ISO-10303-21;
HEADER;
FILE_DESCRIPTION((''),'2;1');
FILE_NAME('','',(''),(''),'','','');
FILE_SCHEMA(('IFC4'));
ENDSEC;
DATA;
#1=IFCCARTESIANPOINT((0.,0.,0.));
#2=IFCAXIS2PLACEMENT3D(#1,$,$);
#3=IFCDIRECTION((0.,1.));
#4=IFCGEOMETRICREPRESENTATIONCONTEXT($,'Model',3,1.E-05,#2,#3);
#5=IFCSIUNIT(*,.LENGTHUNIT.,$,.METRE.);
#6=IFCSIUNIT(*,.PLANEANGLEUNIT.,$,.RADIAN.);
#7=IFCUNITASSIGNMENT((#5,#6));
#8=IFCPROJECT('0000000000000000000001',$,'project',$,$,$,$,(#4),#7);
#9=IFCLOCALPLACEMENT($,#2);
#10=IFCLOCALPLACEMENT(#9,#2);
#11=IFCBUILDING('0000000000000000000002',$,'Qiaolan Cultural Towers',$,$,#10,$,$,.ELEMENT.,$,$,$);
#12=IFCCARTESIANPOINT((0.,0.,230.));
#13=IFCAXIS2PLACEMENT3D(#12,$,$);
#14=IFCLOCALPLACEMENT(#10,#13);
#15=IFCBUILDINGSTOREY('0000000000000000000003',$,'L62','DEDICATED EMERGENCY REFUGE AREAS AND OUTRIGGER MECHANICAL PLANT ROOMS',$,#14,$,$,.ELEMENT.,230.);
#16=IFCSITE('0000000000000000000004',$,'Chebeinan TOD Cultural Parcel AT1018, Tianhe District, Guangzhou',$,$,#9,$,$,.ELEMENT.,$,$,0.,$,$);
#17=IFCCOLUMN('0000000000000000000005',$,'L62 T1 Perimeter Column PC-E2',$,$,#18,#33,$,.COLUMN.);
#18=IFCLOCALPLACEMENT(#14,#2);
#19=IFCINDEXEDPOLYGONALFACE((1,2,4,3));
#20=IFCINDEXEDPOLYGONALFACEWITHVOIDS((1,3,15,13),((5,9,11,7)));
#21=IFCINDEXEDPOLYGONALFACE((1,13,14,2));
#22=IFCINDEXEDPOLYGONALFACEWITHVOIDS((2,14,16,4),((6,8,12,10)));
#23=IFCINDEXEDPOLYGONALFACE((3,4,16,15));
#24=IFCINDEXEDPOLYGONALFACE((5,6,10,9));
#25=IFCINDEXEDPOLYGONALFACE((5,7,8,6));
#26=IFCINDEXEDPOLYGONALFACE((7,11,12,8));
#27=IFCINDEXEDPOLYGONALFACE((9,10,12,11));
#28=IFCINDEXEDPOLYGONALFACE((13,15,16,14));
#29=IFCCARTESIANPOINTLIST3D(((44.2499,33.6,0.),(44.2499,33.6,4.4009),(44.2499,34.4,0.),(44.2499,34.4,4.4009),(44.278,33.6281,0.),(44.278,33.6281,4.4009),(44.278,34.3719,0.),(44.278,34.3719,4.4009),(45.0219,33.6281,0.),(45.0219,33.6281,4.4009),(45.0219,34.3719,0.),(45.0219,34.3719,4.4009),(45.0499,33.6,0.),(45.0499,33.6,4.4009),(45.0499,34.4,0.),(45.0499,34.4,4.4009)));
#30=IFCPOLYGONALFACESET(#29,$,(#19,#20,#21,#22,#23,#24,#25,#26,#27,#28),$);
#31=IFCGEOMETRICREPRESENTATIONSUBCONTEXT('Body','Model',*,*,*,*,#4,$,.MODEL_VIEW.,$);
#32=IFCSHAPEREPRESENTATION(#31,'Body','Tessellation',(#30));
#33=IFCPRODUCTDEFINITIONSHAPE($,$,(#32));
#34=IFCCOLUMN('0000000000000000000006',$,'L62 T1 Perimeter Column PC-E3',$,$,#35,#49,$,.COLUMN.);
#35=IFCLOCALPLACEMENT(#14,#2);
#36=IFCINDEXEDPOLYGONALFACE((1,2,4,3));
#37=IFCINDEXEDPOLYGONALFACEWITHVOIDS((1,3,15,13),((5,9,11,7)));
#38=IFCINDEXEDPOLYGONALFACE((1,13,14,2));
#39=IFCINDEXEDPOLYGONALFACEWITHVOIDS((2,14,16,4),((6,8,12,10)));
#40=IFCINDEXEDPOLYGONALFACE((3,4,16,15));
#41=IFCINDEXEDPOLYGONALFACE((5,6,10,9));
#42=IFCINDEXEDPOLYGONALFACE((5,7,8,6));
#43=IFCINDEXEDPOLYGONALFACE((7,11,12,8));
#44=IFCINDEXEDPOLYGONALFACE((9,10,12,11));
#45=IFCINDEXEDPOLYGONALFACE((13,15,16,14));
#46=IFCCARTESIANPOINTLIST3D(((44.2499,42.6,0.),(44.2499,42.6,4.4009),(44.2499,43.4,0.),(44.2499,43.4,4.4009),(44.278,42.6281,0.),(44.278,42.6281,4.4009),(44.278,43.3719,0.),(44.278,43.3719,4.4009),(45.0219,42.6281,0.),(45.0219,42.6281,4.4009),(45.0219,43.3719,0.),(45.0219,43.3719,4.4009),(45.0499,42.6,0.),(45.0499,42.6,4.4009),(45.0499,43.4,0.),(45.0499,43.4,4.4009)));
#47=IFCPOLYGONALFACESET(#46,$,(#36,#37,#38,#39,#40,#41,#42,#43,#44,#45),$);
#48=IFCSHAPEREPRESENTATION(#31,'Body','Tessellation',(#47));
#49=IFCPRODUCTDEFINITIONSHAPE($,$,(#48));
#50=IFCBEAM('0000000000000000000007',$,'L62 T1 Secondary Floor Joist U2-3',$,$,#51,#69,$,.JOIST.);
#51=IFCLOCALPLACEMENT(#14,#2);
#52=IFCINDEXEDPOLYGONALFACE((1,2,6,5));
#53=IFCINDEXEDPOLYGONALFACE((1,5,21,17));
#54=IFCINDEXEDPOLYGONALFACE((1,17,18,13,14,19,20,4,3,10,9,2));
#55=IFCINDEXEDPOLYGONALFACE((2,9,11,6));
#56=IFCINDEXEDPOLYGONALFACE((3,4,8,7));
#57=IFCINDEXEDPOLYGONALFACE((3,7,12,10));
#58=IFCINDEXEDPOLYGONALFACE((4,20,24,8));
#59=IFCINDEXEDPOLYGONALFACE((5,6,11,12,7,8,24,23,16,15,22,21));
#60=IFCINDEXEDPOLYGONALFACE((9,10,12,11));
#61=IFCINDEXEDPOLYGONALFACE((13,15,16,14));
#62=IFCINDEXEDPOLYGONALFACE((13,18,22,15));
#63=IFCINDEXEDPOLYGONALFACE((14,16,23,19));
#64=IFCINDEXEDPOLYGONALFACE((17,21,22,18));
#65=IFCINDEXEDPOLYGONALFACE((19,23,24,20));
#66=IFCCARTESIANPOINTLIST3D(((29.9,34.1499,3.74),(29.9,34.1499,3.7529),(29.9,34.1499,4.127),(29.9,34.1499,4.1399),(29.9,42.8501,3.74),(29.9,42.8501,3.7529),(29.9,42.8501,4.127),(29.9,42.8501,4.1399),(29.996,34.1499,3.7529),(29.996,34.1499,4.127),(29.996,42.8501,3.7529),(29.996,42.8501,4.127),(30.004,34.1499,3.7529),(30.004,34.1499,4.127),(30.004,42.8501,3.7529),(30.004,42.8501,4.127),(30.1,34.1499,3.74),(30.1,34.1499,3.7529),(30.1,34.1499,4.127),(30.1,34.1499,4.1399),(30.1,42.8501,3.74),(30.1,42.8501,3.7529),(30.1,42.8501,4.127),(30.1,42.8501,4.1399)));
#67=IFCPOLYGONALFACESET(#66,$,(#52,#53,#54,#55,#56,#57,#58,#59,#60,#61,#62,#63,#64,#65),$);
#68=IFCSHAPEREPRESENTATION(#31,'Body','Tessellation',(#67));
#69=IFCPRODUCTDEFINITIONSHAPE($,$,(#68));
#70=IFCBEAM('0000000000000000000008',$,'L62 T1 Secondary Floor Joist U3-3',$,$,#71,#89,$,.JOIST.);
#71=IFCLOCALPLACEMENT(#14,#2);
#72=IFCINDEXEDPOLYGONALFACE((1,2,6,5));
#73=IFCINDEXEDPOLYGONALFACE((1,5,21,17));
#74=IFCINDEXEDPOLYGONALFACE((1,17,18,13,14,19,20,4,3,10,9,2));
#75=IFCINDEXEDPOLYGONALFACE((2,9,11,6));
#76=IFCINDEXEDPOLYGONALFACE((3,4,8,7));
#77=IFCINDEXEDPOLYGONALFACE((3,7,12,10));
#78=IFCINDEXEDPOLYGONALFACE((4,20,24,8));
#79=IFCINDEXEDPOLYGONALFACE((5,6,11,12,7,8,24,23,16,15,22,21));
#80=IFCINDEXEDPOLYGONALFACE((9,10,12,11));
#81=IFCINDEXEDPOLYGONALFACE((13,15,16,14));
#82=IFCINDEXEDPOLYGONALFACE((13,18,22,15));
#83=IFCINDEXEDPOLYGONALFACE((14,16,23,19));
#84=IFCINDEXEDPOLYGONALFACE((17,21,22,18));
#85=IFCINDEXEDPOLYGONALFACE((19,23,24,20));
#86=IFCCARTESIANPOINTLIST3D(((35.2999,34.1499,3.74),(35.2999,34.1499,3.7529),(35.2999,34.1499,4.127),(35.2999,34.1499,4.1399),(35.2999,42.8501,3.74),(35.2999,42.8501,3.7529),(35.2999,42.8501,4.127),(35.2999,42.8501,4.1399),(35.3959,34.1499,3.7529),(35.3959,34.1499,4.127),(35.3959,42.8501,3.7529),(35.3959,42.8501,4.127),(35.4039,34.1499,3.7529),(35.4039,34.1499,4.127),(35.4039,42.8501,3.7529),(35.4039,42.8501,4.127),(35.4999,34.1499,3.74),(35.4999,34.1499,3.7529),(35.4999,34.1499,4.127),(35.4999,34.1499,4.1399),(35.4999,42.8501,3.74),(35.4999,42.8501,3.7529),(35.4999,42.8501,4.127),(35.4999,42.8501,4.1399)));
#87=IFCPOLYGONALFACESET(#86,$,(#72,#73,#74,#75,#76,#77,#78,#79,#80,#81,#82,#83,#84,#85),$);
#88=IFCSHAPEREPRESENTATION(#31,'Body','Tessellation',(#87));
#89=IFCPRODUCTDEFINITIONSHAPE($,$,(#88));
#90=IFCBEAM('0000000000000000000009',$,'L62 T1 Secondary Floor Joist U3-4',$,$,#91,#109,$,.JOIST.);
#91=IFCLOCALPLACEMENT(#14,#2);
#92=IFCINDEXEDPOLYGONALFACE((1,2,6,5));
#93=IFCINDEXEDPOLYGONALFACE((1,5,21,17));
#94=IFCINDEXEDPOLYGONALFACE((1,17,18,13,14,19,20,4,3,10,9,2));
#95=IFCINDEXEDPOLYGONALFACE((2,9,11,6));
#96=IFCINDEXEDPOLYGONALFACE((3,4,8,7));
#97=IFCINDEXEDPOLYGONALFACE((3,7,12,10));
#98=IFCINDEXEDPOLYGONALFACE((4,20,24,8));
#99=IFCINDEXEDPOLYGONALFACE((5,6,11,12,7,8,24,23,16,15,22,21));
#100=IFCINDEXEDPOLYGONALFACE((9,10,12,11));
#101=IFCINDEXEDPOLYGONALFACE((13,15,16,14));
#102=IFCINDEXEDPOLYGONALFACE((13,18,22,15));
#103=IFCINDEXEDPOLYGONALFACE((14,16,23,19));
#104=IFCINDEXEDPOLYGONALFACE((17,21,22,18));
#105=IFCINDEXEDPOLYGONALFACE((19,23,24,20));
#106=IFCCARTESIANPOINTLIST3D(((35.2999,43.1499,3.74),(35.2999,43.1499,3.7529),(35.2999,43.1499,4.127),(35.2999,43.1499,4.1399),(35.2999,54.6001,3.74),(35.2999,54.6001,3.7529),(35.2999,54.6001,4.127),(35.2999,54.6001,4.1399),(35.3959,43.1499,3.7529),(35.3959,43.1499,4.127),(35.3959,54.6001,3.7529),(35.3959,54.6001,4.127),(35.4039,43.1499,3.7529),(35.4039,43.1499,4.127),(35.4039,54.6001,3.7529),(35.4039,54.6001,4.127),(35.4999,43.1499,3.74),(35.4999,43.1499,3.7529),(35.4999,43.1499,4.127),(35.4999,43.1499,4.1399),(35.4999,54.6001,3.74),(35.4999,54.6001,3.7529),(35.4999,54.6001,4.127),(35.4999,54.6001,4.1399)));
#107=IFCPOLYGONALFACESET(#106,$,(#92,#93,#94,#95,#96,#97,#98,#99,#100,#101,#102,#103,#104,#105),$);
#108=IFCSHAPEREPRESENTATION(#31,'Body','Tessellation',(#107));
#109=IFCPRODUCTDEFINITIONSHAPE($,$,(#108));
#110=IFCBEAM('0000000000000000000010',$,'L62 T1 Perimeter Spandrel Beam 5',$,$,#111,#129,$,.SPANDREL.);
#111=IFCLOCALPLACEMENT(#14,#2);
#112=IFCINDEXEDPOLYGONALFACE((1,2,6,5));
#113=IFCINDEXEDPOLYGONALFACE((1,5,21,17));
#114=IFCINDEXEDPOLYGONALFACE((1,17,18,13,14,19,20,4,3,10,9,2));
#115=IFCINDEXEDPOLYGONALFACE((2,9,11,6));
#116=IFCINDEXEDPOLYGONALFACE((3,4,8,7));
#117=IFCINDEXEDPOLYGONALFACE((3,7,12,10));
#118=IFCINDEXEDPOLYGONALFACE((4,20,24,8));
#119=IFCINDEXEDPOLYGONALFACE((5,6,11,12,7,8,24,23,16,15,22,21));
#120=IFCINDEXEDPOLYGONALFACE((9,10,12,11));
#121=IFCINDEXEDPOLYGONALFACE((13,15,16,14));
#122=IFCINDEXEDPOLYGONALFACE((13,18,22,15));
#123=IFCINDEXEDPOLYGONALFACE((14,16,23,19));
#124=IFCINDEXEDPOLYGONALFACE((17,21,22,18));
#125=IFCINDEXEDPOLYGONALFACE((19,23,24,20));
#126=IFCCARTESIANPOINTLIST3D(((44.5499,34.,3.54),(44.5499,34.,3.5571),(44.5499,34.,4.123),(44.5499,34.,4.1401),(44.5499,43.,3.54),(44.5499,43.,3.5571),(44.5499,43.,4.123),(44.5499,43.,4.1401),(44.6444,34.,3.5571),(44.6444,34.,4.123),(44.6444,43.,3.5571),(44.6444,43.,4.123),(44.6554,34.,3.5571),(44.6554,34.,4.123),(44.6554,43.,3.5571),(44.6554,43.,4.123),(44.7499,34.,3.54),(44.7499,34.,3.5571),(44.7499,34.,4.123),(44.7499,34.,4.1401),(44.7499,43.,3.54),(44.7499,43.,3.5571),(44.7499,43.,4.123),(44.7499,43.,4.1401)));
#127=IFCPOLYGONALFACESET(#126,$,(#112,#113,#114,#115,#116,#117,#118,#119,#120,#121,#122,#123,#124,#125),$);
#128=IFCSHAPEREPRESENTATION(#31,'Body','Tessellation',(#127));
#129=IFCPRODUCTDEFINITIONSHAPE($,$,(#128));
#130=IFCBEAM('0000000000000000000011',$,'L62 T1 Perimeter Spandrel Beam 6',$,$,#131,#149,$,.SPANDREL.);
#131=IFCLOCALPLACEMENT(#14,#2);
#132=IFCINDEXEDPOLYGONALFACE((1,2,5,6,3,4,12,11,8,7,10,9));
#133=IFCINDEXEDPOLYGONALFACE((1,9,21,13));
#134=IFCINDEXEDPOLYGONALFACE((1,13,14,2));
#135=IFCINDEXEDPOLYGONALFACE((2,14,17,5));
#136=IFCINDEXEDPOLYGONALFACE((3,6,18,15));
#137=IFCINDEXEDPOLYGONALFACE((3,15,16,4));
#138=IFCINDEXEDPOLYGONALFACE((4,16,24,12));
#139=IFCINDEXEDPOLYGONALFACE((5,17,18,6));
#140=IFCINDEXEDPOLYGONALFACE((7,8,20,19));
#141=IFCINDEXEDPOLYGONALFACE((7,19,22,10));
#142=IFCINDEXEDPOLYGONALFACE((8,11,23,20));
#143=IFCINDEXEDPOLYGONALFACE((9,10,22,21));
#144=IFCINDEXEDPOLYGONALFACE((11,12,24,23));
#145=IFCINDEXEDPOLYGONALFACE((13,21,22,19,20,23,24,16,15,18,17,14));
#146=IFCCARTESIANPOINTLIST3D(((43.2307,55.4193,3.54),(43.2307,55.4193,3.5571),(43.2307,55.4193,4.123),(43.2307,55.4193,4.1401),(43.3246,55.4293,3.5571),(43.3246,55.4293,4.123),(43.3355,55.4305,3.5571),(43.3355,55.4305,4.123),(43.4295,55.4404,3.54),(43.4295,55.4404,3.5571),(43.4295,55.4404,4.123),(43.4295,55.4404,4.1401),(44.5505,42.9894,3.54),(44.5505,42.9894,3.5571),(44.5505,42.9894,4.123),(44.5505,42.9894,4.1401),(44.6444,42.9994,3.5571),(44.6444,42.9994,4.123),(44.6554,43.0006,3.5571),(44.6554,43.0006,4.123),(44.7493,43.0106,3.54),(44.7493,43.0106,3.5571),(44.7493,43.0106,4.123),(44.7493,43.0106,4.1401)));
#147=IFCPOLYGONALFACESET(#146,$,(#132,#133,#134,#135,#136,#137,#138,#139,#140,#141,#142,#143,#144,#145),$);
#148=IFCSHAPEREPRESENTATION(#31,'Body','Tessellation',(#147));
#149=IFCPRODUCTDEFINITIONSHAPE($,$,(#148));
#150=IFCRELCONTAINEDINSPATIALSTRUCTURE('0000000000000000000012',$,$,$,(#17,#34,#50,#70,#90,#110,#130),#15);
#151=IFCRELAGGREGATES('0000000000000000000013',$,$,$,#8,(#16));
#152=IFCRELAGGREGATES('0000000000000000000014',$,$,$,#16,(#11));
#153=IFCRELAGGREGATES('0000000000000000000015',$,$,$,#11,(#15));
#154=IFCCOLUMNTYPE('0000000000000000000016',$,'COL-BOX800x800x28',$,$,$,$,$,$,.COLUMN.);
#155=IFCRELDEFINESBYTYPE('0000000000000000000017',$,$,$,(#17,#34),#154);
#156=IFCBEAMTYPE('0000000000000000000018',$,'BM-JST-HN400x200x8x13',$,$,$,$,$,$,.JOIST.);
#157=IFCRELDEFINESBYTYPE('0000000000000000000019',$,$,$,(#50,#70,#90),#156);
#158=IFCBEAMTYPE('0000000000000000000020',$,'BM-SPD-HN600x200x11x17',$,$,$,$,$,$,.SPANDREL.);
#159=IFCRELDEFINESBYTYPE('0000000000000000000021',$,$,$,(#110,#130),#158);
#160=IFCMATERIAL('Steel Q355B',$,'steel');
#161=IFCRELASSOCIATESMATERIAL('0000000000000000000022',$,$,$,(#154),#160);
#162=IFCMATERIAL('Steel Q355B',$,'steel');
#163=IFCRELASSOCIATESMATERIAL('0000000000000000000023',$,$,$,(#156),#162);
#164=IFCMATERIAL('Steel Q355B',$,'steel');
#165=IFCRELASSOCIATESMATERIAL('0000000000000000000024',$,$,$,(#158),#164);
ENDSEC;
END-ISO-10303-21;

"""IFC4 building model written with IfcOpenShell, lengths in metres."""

from ifc_helpers import new_model, si_unit, direction, frame, origin, origin_2d, place, context, subcontext, project, spatial, hollow_rectangle, i_section, extrude, material, material_profile, profile_set, type_object, element, save


model = new_model("IFC4")

# Units and contexts
model_context = context("Model", 3, precision=1e-05, world=origin(), true_north=direction((0.0, 1.0)))
body_context = subcontext(model_context, "Body", "Model", "MODEL_VIEW")
ifc_project = project(units=[si_unit("LENGTHUNIT", "METRE"), si_unit("PLANEANGLEUNIT", "RADIAN")], contexts=[model_context])

# Site, building, storey
site_placement = place(None, origin())
site = spatial("IfcSite", under=ifc_project, at=site_placement, Name="Chebeinan TOD Cultural Parcel AT1018, Tianhe District, Guangzhou", CompositionType="ELEMENT", RefElevation=0.0)
building_placement = place(site_placement, origin())
building = spatial("IfcBuilding", under=site, at=building_placement, Name="Qiaolan Cultural Towers", CompositionType="ELEMENT")
storey_placement = place(building_placement, frame((0.0, 0.0, 230.0)))
storey = spatial("IfcBuildingStorey", under=building, at=storey_placement, Name="L62", Description="DEDICATED EMERGENCY REFUGE AREAS AND OUTRIGGER MECHANICAL PLANT ROOMS", CompositionType="ELEMENT", Elevation=230.0)

# Columns
ifc_material_1 = material(Name="Steel Q355B", Category="steel")
ifc_material_profile_1 = material_profile(ifc_material_1, hollow_rectangle(XDim=0.8, YDim=0.8, WallThickness=0.0281, at=origin_2d()), Name="BOX800x800x28")
ifc_profile_set_1 = profile_set([ifc_material_profile_1], Name="Steel Q355B")
column_type = type_object("IfcColumnType", Name="COL-BOX800x800x28", PredefinedType="COLUMN", material=ifc_profile_set_1)
for number, where, z_axis, x_axis, name in (
    (1, (44.6499, 34.0, 0.0), (0.0, 0.0, 1.0), (1.0, 0.0, 0.0), "L62 T1 Perimeter Column PC-E2"),
    (2, (44.6499, 43.0, 0.0), (0.0, 0.0, 1.0), (1.0, 0.0, 0.0), "L62 T1 Perimeter Column PC-E3"),
):
    element("IfcColumn", number, at=place(storey_placement, frame(where, z_axis=z_axis, x_axis=x_axis)), inside=storey, type_object=column_type, Name=name, PredefinedType="COLUMN", context=body_context, shape_type="SweptSolid", body=[
        extrude(hollow_rectangle(XDim=0.8, YDim=0.8, WallThickness=0.0281, at=origin_2d()), origin(), (0.0, 0.0, 1.0), 4.4009),
    ])

# Beams
ifc_material_2 = material(Name="Steel Q355B", Category="steel")
ifc_material_profile_2 = material_profile(ifc_material_2, i_section(OverallWidth=0.2, OverallDepth=0.3999, WebThickness=0.0081, FlangeThickness=0.0129, at=origin_2d()), Name="HN400x200x8x13")
ifc_profile_set_2 = profile_set([ifc_material_profile_2], Name="Steel Q355B")
beam_type_1 = type_object("IfcBeamType", Name="BM-JST-HN400x200x8x13", PredefinedType="JOIST", material=ifc_profile_set_2)
for number, where, z_axis, x_axis, name in (
    (3, (30.0, 34.1499, 3.9399), (0.0, 1.0, 0.0), (-1.0, 0.0, 0.0), "L62 T1 Secondary Floor Joist U2-3"),
    (4, (35.3999, 34.1499, 3.9399), (0.0, 1.0, 0.0), (-1.0, 0.0, 0.0), "L62 T1 Secondary Floor Joist U3-3"),
):
    element("IfcBeam", number, at=place(storey_placement, frame(where, z_axis=z_axis, x_axis=x_axis)), inside=storey, type_object=beam_type_1, Name=name, PredefinedType="JOIST", context=body_context, shape_type="SweptSolid", body=[
        extrude(i_section(OverallWidth=0.2, OverallDepth=0.3999, WebThickness=0.0081, FlangeThickness=0.0129, at=origin_2d()), origin(), (0.0, 0.0, 1.0), 8.7002),
    ])
beam_1_placement = place(storey_placement, frame((35.3999, 43.1499, 3.9399), z_axis=(0.0, 1.0, 0.0), x_axis=(-1.0, 0.0, 0.0)))
element("IfcBeam", 5, at=beam_1_placement, inside=storey, type_object=beam_type_1, Name="L62 T1 Secondary Floor Joist U3-4", PredefinedType="JOIST", context=body_context, shape_type="SweptSolid", body=[
    extrude(i_section(OverallWidth=0.2, OverallDepth=0.3999, WebThickness=0.0081, FlangeThickness=0.0129, at=origin_2d()), origin(), (0.0, 0.0, 1.0), 11.4502),
])
ifc_material_3 = material(Name="Steel Q355B", Category="steel")
ifc_material_profile_3 = material_profile(ifc_material_3, i_section(OverallWidth=0.2, OverallDepth=0.6001, WebThickness=0.011, FlangeThickness=0.0171, at=origin_2d()), Name="HN600x200x11x17")
ifc_profile_set_3 = profile_set([ifc_material_profile_3], Name="Steel Q355B")
beam_type_2 = type_object("IfcBeamType", Name="BM-SPD-HN600x200x11x17", PredefinedType="SPANDREL", material=ifc_profile_set_3)
beam_2_placement = place(storey_placement, frame((44.6499, 34.0, 3.8401), z_axis=(0.0, 1.0, 0.0), x_axis=(-1.0, 0.0, 0.0)))
element("IfcBeam", 6, at=beam_2_placement, inside=storey, type_object=beam_type_2, Name="L62 T1 Perimeter Spandrel Beam 5", PredefinedType="SPANDREL", context=body_context, shape_type="SweptSolid", body=[
    extrude(i_section(OverallWidth=0.2, OverallDepth=0.6001, WebThickness=0.011, FlangeThickness=0.0171, at=origin_2d()), origin(), (0.0, 0.0, 1.0), 9.0),
])
beam_3_placement = place(storey_placement, frame((44.6499, 43.0, 3.8401), z_axis=(-0.105588, 0.99441, 0.0), x_axis=(-0.99441, -0.105588, 0.0)))
element("IfcBeam", 7, at=beam_3_placement, inside=storey, type_object=beam_type_2, Name="L62 T1 Perimeter Spandrel Beam 6", PredefinedType="SPANDREL", context=body_context, shape_type="SweptSolid", body=[
    extrude(i_section(OverallWidth=0.2, OverallDepth=0.6001, WebThickness=0.011, FlangeThickness=0.0171, at=origin_2d()), origin(), (0.0, 0.0, 1.0), 12.4998),
])

save(model, "model.ifc")
